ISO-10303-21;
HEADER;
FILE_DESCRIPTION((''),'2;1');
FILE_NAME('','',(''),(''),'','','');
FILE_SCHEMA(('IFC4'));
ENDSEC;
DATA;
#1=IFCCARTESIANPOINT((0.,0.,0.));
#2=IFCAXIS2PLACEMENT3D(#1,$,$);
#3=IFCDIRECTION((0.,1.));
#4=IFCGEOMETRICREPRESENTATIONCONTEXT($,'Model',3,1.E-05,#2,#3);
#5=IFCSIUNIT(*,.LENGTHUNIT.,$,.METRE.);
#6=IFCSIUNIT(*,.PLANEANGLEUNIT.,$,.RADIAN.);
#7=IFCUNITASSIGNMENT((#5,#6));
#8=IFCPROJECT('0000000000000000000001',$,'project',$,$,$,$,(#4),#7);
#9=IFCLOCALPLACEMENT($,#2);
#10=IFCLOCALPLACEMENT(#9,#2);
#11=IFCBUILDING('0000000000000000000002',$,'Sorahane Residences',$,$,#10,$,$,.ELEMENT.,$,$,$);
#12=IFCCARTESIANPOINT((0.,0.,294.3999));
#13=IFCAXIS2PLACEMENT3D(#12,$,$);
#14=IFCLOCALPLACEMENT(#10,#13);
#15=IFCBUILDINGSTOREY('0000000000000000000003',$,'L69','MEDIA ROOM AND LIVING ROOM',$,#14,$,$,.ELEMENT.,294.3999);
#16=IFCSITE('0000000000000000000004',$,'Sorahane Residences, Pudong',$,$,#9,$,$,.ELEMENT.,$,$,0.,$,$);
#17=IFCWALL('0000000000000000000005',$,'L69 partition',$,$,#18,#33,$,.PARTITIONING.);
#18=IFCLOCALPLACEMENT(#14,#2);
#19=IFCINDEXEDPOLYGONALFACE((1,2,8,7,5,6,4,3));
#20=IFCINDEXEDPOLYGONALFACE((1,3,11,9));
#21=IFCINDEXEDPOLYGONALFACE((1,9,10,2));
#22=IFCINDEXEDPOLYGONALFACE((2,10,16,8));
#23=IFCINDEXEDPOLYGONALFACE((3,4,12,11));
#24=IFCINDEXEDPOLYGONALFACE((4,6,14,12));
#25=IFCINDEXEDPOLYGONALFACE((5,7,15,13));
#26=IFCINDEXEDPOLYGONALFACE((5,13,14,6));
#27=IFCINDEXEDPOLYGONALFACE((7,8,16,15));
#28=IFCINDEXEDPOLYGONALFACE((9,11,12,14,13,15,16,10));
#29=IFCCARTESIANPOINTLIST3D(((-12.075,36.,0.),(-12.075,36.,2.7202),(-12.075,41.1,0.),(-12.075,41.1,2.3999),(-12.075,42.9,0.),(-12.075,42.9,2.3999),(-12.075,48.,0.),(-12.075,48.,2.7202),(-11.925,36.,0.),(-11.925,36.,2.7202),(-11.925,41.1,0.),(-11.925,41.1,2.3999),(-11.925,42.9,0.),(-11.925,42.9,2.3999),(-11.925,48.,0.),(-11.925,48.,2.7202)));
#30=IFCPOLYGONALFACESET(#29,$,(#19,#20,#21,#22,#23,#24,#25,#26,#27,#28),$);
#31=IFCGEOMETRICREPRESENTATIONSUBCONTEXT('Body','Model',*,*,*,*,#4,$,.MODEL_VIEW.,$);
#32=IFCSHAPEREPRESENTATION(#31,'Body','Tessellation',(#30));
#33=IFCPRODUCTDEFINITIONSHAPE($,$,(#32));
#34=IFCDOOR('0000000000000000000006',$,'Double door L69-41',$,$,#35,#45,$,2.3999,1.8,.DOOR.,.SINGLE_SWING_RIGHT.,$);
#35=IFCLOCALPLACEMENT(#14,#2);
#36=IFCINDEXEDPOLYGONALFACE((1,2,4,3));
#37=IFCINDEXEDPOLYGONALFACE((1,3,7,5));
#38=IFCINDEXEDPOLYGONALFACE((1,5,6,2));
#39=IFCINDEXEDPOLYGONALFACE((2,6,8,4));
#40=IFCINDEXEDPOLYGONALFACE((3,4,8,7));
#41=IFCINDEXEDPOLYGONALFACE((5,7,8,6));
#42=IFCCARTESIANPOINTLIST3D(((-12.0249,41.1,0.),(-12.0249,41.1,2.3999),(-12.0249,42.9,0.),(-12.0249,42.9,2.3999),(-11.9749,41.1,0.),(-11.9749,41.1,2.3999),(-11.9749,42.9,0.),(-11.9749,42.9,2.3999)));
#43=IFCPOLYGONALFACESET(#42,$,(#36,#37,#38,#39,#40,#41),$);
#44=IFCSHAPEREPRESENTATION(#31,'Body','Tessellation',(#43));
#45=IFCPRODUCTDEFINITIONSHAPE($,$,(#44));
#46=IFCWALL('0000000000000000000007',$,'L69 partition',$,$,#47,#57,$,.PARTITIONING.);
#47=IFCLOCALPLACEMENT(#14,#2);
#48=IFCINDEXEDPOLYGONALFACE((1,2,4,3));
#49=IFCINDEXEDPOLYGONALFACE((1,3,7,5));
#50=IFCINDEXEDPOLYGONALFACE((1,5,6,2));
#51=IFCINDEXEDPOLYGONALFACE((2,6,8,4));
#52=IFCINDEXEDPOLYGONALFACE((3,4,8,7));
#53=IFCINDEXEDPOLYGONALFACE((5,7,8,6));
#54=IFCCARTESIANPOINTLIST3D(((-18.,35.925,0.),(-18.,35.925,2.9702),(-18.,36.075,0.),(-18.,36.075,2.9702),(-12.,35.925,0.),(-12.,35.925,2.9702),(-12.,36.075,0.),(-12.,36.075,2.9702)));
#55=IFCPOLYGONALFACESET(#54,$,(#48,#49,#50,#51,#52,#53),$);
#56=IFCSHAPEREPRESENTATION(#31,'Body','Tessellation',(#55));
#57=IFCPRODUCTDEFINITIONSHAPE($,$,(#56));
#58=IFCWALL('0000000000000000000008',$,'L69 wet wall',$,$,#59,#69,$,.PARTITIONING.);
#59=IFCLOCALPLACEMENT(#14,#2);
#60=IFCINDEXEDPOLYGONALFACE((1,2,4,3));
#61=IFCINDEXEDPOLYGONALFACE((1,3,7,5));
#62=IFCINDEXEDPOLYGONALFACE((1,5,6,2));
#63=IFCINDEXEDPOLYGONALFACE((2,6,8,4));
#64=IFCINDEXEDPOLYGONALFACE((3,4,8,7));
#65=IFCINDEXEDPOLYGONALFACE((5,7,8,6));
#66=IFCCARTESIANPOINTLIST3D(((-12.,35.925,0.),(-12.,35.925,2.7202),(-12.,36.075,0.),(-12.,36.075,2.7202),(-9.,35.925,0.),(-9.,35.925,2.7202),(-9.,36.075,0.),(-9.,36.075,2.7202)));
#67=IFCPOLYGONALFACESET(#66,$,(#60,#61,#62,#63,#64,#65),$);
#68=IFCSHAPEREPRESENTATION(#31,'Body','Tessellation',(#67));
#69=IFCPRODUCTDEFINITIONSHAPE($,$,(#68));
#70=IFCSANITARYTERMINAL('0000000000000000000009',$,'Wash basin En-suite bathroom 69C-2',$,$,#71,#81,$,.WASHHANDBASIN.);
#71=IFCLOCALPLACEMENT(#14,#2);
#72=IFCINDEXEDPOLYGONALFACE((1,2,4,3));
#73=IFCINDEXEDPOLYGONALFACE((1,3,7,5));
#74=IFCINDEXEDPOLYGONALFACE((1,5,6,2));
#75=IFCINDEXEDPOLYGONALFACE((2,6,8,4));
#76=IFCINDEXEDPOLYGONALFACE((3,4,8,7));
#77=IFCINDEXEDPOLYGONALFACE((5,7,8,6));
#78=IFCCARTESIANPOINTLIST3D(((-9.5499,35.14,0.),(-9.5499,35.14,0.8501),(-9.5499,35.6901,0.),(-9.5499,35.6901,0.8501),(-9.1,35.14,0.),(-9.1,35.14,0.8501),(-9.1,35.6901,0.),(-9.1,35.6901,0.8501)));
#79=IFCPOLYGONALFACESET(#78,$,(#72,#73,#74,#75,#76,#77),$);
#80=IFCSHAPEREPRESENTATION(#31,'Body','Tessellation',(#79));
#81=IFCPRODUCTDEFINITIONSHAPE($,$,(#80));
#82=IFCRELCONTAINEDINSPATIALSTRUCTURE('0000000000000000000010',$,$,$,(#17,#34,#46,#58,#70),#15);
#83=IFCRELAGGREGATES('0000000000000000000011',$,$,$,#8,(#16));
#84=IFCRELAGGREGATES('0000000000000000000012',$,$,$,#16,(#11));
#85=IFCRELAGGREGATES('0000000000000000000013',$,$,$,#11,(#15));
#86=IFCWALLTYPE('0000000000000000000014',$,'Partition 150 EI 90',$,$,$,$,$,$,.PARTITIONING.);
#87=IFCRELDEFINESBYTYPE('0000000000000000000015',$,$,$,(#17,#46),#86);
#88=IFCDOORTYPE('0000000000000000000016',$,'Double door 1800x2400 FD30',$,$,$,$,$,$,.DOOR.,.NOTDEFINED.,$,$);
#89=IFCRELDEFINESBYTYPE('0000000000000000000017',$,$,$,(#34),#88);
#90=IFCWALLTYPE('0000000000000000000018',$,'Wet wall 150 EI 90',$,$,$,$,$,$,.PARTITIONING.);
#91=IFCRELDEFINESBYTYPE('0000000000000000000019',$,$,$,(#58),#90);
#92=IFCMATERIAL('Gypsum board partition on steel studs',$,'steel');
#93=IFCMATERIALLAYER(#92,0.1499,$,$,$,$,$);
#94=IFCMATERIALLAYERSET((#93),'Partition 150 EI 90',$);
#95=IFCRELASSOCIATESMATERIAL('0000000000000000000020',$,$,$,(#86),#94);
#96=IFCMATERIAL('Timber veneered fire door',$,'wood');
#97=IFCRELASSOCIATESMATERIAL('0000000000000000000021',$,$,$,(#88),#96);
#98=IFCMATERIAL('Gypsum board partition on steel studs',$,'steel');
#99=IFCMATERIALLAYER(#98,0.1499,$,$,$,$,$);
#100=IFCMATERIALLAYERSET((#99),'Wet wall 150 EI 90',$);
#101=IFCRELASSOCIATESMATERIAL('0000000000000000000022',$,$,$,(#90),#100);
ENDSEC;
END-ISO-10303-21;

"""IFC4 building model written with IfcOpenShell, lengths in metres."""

from ifc_helpers import new_model, si_unit, direction, frame, frame_2d, origin, origin_2d, place, context, subcontext, project, spatial, rectangle, extrude, material, layer, layer_set, type_object, element, fill, save


model = new_model("IFC4")

# Units and contexts
model_context = context("Model", 3, precision=1e-05, world=origin(), true_north=direction((0.0, 1.0)))
body_context = subcontext(model_context, "Body", "Model", "MODEL_VIEW")
ifc_project = project(units=[si_unit("LENGTHUNIT", "METRE"), si_unit("PLANEANGLEUNIT", "RADIAN")], contexts=[model_context])

# Site, building, storey
site_placement = place(None, origin())
site = spatial("IfcSite", under=ifc_project, at=site_placement, Name="Sorahane Residences, Pudong", CompositionType="ELEMENT", RefElevation=0.0)
building_placement = place(site_placement, origin())
building = spatial("IfcBuilding", under=site, at=building_placement, Name="Sorahane Residences", CompositionType="ELEMENT")
storey_placement = place(building_placement, frame((0.0, 0.0, 294.3999)))
storey = spatial("IfcBuildingStorey", under=building, at=storey_placement, Name="L69", Description="MEDIA ROOM AND LIVING ROOM", CompositionType="ELEMENT", Elevation=294.3999)

# Wall, opening, door
ifc_material_1 = material(Name="Gypsum board partition on steel studs", Category="steel")
ifc_layer_1 = layer(ifc_material_1, 0.1499)
ifc_layer_set_1 = layer_set([ifc_layer_1], Name="Partition 150 EI 90")
wall_type_1 = type_object("IfcWallType", Name="Partition 150 EI 90", PredefinedType="PARTITIONING", material=ifc_layer_set_1)
wall_1_placement = place(storey_placement, frame((-12.0, 36.0, 0.0), z_axis=(0.0, 0.0, 1.0), x_axis=(0.0, 1.0, 0.0)))
wall_1 = element("IfcWall", 1, at=wall_1_placement, inside=storey, type_object=wall_type_1, Name="L69 partition", PredefinedType="PARTITIONING", context=body_context, shape_type="SweptSolid", body=[
    extrude(rectangle(XDim=12.0, YDim=0.1499, at=frame_2d((6.0, 0.0))), origin(), (0.0, 0.0, 1.0), 2.7202),
])
opening_placement = place(wall_1_placement, frame((5.1001, 0.0, 0.0)))
opening = element("IfcOpeningElement", 2, at=opening_placement, cuts=wall_1, PredefinedType="OPENING", context=body_context, shape_type="SweptSolid", body=[
    extrude(rectangle(XDim=1.8, YDim=2.3999, at=frame_2d((0.8999, 1.2))), frame((0.0, 0.085, 0.0), z_axis=(0.0, -1.0, 0.0), x_axis=(1.0, 0.0, 0.0)), (0.0, 0.0, 1.0), 0.1699),
])
ifc_material_2 = material(Name="Timber veneered fire door", Category="wood")
door_type = type_object("IfcDoorType", Name="Double door 1800x2400 FD30", OperationType="NOTDEFINED", PredefinedType="DOOR", material=ifc_material_2)
door_placement = place(opening_placement, origin())
door = element("IfcDoor", 3, at=door_placement, inside=storey, type_object=door_type, Name="Double door L69-41", OperationType="SINGLE_SWING_RIGHT", OverallHeight=2.3999, OverallWidth=1.8, PredefinedType="DOOR", context=body_context, shape_type="SweptSolid", body=[
    extrude(rectangle(XDim=1.8, YDim=2.3999, at=frame_2d((0.8999, 1.2))), frame((0.0, 0.0249, 0.0), z_axis=(0.0, -1.0, 0.0), x_axis=(1.0, 0.0, 0.0)), (0.0, 0.0, 1.0), 0.05),
])
fill(opening, door)

# Walls
wall_2_placement = place(storey_placement, frame((-18.0, 36.0, 0.0), z_axis=(0.0, 0.0, 1.0), x_axis=(1.0, 0.0, 0.0)))
element("IfcWall", 4, at=wall_2_placement, inside=storey, type_object=wall_type_1, Name="L69 partition", PredefinedType="PARTITIONING", context=body_context, shape_type="SweptSolid", body=[
    extrude(rectangle(XDim=6.0, YDim=0.1499, at=frame_2d((3.0, 0.0))), origin(), (0.0, 0.0, 1.0), 2.9702),
])
ifc_material_3 = material(Name="Gypsum board partition on steel studs", Category="steel")
ifc_layer_2 = layer(ifc_material_3, 0.1499)
ifc_layer_set_2 = layer_set([ifc_layer_2], Name="Wet wall 150 EI 90")
wall_type_2 = type_object("IfcWallType", Name="Wet wall 150 EI 90", PredefinedType="PARTITIONING", material=ifc_layer_set_2)
wall_3_placement = place(storey_placement, frame((-12.0, 36.0, 0.0), z_axis=(0.0, 0.0, 1.0), x_axis=(1.0, 0.0, 0.0)))
element("IfcWall", 5, at=wall_3_placement, inside=storey, type_object=wall_type_2, Name="L69 wet wall", PredefinedType="PARTITIONING", context=body_context, shape_type="SweptSolid", body=[
    extrude(rectangle(XDim=3.0, YDim=0.1499, at=frame_2d((1.5, 0.0))), origin(), (0.0, 0.0, 1.0), 2.7202),
])

# Sanitary terminal
sanitary_terminal_placement = place(storey_placement, frame((-9.325, 35.415, 0.0), z_axis=(0.0, 0.0, 1.0), x_axis=(0.0, -1.0, 0.0)))
element("IfcSanitaryTerminal", 6, at=sanitary_terminal_placement, inside=storey, Name="Wash basin En-suite bathroom 69C-2", PredefinedType="WASHHANDBASIN", context=body_context, shape_type="SweptSolid", body=[
    extrude(rectangle(XDim=0.55, YDim=0.45, at=origin_2d()), origin(), (0.0, 0.0, 1.0), 0.8501),
])

save(model, "model.ifc")
